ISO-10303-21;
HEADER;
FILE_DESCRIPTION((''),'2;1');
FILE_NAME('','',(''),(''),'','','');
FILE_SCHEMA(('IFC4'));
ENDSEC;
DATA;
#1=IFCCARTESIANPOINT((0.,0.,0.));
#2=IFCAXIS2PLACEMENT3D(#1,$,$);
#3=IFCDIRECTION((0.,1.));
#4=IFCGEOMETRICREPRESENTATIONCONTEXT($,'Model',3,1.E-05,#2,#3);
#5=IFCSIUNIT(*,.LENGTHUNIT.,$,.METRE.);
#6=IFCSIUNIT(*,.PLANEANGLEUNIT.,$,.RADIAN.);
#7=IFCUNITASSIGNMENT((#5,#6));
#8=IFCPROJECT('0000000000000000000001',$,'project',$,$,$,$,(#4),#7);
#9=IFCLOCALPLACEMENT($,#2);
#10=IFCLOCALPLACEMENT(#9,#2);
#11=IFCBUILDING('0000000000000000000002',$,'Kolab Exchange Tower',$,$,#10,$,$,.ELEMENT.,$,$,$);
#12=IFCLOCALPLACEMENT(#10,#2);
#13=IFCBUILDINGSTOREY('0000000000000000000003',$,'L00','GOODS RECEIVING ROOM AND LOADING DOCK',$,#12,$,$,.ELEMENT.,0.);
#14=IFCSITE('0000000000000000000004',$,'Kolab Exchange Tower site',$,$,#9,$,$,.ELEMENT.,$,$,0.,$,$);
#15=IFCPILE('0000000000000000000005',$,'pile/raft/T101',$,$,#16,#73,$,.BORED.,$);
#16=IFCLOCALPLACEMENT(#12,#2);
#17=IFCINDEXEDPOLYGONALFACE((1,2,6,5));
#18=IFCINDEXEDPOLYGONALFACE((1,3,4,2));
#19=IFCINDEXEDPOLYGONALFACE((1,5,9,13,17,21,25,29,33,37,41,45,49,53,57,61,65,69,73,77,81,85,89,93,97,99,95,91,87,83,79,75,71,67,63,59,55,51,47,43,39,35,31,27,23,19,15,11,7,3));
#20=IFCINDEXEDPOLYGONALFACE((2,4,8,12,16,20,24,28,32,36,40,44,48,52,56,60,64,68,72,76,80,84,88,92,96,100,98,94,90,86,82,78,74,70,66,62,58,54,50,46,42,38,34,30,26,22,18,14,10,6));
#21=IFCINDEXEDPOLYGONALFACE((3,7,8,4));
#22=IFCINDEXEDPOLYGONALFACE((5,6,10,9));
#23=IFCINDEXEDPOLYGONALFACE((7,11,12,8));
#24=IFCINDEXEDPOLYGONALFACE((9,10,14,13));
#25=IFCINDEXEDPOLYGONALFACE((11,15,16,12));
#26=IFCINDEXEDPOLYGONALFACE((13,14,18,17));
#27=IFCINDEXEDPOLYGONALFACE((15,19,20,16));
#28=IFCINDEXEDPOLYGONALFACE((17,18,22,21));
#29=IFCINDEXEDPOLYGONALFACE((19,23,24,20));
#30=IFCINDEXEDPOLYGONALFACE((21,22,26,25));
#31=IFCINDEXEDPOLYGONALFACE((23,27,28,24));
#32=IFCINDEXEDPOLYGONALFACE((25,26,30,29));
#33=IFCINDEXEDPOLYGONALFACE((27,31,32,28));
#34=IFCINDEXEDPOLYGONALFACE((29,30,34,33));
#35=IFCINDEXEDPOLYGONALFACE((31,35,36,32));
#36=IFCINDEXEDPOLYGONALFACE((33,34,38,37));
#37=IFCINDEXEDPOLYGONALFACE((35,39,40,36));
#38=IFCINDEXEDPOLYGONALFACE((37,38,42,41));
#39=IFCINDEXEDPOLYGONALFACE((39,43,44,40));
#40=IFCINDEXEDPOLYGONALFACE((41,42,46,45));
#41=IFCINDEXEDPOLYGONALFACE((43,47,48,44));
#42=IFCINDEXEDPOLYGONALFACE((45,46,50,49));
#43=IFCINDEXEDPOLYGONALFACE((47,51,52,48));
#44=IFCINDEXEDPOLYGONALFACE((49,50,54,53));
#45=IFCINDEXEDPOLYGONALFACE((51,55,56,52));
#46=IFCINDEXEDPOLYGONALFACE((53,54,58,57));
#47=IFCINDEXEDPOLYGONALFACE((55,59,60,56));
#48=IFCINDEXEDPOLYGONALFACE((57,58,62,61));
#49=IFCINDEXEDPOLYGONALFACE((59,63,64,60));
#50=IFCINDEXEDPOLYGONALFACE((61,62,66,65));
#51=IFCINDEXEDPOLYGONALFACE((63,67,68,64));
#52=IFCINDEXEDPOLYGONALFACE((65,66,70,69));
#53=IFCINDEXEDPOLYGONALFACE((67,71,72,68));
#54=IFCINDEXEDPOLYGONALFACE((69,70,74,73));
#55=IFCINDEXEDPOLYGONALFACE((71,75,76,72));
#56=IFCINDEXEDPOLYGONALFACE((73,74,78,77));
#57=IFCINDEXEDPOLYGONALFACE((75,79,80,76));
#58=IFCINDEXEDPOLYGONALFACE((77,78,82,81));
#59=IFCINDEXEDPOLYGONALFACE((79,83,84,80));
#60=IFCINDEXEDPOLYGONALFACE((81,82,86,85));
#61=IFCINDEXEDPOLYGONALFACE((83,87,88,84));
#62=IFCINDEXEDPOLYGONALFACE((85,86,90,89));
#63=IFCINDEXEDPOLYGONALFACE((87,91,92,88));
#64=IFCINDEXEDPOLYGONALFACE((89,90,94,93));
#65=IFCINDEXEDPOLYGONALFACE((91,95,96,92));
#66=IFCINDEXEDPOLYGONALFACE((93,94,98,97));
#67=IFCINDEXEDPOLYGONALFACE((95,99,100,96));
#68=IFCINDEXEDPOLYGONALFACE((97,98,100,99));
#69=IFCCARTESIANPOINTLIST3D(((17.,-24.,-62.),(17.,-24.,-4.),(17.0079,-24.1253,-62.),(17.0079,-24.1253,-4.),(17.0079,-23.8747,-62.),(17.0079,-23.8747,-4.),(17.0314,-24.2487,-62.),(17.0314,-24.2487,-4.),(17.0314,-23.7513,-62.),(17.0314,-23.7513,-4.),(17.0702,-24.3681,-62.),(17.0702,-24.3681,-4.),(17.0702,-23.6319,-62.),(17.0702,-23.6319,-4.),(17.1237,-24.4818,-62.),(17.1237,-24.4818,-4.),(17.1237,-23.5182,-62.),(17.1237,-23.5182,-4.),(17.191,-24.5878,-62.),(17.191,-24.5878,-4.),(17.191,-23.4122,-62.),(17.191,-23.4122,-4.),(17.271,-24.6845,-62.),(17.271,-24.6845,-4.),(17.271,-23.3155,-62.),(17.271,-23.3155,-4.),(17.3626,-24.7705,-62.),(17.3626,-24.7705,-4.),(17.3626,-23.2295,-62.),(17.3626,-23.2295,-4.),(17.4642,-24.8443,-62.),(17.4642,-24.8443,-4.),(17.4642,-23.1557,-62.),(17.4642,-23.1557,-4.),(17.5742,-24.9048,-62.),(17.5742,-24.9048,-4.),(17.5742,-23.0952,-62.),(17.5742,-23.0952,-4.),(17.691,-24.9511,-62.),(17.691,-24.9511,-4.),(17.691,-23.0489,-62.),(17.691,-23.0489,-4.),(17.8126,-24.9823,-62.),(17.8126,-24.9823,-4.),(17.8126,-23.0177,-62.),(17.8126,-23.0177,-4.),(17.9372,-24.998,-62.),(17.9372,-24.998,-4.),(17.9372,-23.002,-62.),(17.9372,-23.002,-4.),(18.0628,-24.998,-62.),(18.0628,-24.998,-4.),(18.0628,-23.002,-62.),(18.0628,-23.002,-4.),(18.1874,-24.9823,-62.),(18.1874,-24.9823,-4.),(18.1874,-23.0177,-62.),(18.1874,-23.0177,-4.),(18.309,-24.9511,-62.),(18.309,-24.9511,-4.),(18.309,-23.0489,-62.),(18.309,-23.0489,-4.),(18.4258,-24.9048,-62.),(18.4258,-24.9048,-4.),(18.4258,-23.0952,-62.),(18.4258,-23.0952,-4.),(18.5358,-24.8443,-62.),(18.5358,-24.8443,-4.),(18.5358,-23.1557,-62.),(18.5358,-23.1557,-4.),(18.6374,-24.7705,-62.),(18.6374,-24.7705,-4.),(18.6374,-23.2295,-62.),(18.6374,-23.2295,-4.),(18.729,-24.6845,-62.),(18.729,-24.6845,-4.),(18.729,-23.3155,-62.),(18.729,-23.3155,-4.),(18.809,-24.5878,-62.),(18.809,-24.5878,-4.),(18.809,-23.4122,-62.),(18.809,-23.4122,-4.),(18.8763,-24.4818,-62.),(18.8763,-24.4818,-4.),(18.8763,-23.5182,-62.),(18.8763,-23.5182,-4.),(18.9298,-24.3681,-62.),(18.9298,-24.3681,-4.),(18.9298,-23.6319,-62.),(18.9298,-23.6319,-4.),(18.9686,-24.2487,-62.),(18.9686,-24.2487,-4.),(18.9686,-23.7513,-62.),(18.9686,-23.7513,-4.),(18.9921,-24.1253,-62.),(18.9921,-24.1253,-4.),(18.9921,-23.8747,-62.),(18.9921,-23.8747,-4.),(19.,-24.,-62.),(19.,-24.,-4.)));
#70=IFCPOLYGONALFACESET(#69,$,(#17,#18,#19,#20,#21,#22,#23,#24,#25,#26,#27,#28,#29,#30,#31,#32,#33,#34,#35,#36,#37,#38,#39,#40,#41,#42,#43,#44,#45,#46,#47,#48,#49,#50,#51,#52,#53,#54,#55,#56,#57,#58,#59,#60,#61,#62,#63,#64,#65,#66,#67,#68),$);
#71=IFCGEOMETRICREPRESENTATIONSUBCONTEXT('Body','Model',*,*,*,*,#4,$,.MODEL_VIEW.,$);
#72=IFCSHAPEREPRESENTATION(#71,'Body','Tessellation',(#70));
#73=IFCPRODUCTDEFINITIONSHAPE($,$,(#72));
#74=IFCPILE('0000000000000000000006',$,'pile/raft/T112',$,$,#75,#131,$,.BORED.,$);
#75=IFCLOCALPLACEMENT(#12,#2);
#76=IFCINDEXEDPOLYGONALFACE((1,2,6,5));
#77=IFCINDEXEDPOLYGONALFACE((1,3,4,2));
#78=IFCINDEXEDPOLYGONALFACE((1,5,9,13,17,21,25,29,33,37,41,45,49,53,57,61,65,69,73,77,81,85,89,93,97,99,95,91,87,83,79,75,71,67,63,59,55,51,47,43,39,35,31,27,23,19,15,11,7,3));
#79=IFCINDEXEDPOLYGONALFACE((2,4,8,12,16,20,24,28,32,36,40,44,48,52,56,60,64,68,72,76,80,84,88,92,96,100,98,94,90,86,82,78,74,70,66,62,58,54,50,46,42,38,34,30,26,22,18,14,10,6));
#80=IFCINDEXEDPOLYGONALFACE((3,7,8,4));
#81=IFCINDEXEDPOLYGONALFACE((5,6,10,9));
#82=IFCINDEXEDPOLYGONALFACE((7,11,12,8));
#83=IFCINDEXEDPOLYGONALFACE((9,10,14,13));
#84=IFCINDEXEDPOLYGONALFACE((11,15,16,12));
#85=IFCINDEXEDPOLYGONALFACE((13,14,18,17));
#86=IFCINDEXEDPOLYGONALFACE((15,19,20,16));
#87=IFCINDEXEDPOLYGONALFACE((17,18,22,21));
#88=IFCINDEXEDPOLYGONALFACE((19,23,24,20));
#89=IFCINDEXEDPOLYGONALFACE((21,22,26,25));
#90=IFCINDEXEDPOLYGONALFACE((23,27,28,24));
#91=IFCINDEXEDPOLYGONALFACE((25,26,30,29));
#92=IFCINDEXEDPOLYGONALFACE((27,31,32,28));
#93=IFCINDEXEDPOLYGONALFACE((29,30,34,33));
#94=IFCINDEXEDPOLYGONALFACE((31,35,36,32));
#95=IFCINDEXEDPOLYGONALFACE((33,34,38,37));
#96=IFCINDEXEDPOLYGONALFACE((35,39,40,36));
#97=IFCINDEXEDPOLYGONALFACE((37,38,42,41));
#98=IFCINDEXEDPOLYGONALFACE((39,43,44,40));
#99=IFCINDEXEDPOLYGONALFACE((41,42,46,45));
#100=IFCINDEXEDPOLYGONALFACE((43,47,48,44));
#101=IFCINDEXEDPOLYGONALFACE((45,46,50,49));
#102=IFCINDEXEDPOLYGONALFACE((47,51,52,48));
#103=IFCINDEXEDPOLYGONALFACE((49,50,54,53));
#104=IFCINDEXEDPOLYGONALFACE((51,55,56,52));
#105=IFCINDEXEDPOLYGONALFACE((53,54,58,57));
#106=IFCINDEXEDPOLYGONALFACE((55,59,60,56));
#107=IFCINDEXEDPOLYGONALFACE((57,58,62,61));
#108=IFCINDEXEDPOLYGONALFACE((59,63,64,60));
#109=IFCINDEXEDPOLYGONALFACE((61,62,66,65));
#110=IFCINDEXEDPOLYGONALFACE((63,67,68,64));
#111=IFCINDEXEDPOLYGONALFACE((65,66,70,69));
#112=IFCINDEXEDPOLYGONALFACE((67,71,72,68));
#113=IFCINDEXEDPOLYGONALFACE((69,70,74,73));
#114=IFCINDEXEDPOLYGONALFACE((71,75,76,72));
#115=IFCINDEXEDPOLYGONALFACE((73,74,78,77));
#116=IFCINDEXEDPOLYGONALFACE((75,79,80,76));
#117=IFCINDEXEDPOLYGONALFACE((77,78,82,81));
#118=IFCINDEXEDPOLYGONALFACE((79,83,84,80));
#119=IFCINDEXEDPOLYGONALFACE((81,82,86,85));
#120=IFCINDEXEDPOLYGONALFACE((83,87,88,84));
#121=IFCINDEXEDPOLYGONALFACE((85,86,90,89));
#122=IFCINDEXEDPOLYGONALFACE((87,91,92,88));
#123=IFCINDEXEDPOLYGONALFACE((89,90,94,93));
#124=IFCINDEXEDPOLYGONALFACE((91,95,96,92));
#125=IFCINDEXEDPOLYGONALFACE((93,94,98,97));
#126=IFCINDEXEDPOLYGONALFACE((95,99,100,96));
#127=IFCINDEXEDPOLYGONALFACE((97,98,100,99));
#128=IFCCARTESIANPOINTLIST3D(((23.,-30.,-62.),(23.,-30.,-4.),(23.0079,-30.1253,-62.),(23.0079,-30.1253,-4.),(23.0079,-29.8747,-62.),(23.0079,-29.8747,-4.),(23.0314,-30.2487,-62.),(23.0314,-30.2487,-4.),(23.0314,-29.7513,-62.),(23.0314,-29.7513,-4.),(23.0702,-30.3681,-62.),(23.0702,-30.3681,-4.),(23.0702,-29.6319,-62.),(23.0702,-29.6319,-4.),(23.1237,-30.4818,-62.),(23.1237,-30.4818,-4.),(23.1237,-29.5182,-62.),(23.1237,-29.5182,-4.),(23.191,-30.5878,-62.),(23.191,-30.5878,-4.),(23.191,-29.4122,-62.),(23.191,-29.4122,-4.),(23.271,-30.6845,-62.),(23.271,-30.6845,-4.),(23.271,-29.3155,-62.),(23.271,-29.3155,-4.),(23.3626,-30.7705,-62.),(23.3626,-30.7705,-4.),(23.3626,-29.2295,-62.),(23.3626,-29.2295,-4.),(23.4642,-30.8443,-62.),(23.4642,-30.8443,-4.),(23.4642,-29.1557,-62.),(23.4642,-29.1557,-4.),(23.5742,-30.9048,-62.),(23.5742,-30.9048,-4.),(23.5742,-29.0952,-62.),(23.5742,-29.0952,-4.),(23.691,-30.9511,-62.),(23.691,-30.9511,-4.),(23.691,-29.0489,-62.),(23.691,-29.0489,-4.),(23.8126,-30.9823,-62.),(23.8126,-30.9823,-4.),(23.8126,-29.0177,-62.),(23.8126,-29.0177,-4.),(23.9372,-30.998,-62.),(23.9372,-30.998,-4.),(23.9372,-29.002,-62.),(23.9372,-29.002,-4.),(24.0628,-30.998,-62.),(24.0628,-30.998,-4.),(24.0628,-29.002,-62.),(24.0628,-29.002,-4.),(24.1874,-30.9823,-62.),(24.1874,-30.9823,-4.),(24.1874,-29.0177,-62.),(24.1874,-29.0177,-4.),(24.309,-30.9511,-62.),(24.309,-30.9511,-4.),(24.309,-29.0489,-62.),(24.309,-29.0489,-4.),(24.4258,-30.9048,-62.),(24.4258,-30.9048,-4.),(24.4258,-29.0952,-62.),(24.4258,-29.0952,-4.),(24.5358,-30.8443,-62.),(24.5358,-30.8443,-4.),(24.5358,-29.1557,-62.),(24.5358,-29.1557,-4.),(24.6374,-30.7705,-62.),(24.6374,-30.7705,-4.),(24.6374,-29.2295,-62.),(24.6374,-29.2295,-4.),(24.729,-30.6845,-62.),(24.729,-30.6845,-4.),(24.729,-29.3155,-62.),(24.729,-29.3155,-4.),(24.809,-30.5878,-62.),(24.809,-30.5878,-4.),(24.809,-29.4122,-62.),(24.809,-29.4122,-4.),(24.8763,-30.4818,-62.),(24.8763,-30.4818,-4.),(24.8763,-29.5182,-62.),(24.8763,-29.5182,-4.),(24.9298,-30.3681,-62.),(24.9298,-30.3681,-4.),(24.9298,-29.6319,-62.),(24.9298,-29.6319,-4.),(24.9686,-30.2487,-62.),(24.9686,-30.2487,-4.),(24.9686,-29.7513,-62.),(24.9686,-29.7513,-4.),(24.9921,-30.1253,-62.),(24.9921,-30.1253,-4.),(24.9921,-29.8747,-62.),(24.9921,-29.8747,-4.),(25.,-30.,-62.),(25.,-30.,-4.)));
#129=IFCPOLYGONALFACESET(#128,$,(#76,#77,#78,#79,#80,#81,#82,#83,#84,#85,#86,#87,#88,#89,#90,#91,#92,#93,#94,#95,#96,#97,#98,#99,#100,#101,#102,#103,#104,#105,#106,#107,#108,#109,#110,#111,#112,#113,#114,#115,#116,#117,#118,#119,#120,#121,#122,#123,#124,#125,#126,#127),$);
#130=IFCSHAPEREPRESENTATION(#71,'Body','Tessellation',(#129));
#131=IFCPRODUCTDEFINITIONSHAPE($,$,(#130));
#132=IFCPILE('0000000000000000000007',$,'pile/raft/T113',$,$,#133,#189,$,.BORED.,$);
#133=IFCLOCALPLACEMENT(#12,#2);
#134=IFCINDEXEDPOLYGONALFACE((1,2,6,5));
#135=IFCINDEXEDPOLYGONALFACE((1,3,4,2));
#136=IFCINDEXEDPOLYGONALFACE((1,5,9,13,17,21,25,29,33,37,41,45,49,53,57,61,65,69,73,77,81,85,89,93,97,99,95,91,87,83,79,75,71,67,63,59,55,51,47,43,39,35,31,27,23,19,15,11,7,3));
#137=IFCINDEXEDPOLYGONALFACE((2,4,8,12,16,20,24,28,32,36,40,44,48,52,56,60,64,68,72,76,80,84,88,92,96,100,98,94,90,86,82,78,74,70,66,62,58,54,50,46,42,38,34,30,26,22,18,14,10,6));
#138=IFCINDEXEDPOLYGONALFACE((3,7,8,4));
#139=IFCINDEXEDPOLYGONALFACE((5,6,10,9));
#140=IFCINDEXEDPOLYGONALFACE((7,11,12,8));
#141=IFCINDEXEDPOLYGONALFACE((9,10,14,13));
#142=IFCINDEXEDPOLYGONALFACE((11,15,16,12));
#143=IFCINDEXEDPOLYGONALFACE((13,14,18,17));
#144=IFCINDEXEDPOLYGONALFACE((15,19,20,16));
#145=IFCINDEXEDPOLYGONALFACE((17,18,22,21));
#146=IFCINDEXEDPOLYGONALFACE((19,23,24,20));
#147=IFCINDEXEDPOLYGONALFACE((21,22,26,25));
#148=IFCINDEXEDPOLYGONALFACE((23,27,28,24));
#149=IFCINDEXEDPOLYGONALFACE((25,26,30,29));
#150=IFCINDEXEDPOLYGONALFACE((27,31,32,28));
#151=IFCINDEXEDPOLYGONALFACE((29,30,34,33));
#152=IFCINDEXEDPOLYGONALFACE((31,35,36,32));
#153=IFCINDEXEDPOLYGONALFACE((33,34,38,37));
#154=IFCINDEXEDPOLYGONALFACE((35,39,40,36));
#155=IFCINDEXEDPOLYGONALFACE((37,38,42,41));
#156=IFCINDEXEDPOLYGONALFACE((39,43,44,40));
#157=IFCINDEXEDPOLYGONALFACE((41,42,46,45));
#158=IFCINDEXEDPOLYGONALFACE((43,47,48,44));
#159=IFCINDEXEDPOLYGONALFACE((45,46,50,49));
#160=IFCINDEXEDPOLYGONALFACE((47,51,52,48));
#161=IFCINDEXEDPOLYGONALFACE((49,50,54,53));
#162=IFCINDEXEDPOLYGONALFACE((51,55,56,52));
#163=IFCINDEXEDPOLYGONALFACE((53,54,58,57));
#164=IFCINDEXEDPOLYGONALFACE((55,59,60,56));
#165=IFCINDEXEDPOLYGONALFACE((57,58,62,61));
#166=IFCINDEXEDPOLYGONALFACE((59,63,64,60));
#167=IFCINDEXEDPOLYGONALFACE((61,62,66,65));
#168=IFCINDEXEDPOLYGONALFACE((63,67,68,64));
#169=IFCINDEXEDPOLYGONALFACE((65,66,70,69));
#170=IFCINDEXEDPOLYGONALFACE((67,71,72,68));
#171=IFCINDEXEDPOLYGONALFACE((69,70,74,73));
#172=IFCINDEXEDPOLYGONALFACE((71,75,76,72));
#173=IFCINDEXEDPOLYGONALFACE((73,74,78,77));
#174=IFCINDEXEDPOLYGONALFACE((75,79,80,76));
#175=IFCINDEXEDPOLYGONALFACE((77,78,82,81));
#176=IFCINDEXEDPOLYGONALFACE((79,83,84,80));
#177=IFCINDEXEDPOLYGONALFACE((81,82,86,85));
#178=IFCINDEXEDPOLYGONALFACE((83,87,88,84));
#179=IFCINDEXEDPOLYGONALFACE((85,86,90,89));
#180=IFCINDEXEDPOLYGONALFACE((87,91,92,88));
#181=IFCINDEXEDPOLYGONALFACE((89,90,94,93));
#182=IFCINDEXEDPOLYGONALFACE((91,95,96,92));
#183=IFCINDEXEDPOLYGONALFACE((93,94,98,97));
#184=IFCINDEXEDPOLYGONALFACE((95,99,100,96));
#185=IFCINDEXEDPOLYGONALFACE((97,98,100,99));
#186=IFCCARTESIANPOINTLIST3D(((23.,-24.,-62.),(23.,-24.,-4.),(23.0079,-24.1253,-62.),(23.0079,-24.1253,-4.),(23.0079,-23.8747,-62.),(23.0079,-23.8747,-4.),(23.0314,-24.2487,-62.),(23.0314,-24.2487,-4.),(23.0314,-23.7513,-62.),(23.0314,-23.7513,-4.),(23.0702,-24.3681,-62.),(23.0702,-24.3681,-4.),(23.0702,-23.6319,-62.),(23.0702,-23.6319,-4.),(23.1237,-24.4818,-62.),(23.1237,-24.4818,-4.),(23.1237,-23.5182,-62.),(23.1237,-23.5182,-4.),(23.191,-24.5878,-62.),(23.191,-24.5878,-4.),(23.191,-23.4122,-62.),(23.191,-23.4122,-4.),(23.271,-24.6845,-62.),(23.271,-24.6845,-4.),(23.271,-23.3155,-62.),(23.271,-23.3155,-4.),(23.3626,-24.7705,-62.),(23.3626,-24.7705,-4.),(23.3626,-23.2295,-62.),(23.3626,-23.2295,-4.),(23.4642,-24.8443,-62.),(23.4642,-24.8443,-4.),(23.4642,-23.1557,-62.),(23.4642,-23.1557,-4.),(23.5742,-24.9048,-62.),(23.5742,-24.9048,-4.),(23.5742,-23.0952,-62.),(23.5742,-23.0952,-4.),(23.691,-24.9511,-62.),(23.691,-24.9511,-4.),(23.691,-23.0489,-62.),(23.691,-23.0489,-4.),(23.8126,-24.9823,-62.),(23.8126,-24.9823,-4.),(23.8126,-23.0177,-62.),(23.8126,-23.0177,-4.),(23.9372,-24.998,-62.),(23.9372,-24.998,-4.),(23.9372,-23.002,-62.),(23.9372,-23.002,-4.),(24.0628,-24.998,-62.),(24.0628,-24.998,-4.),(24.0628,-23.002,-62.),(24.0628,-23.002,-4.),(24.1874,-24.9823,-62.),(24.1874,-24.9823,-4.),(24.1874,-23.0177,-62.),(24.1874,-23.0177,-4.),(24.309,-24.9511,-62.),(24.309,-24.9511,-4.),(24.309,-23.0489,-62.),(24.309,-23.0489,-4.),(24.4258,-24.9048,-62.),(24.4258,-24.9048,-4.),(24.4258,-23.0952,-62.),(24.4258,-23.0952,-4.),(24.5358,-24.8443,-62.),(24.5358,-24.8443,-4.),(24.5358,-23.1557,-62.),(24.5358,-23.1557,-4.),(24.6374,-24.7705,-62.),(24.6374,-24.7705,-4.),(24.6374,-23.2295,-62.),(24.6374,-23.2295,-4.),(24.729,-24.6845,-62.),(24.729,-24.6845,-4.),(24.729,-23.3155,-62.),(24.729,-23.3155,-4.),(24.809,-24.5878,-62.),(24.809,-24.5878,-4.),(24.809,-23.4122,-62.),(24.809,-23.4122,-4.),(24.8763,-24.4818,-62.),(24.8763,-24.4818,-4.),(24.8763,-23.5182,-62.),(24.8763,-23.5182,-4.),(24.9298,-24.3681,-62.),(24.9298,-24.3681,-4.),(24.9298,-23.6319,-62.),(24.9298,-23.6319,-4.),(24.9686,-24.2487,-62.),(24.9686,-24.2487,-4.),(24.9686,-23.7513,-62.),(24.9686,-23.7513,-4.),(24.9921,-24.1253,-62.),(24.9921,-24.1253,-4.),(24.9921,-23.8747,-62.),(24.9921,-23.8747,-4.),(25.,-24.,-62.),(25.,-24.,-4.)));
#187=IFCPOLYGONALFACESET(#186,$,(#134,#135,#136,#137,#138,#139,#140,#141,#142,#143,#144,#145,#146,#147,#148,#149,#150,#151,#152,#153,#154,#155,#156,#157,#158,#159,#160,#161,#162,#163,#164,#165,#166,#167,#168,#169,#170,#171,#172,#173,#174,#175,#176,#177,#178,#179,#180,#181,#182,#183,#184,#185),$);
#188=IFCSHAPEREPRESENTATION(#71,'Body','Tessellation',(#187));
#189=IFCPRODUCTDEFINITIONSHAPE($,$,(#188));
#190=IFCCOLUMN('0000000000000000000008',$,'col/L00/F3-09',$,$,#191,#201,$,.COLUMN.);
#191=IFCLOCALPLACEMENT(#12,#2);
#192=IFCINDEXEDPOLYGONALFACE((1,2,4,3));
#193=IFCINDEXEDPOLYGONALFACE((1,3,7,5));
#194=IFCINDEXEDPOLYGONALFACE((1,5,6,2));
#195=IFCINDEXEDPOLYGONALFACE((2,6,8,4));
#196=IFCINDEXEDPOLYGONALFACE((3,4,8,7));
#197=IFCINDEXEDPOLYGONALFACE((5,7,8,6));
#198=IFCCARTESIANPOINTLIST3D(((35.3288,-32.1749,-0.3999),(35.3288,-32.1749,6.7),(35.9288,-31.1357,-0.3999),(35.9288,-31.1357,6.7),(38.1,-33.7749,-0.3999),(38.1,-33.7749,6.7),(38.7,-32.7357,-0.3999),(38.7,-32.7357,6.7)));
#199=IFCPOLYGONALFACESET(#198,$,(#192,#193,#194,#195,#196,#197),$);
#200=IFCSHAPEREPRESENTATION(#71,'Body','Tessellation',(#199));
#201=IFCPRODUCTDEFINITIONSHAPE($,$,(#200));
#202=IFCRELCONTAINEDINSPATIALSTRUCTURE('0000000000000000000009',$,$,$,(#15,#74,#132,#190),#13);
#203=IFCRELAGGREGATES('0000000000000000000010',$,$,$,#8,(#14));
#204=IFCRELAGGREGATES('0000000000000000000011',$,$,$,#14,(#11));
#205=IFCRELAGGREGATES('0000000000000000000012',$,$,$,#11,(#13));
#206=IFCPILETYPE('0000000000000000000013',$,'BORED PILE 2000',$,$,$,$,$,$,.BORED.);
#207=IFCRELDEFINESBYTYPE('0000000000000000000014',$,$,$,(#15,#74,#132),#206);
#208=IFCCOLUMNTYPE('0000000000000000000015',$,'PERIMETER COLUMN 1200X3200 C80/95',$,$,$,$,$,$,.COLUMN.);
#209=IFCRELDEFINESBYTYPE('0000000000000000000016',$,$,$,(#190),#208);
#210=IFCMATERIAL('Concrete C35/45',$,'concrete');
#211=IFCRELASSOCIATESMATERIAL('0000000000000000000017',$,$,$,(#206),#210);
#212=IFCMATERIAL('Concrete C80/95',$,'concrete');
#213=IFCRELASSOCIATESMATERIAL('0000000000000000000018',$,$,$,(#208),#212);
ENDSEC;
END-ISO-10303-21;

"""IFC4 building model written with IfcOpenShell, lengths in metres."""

from ifc_helpers import new_model, si_unit, direction, frame, origin, origin_2d, place, context, subcontext, project, spatial, rectangle, circle, extrude, material, material_profile, profile_set, type_object, element, save


model = new_model("IFC4")

# Units and contexts
model_context = context("Model", 3, precision=1e-05, world=origin(), true_north=direction((0.0, 1.0)))
body_context = subcontext(model_context, "Body", "Model", "MODEL_VIEW")
ifc_project = project(units=[si_unit("LENGTHUNIT", "METRE"), si_unit("PLANEANGLEUNIT", "RADIAN")], contexts=[model_context])

# Site, building, storey
site_placement = place(None, origin())
site = spatial("IfcSite", under=ifc_project, at=site_placement, Name="Kolab Exchange Tower site", CompositionType="ELEMENT", RefElevation=0.0)
building_placement = place(site_placement, origin())
building = spatial("IfcBuilding", under=site, at=building_placement, Name="Kolab Exchange Tower", CompositionType="ELEMENT")
storey_placement = place(building_placement, origin())
storey = spatial("IfcBuildingStorey", under=building, at=storey_placement, Name="L00", Description="GOODS RECEIVING ROOM AND LOADING DOCK", CompositionType="ELEMENT", Elevation=0.0)

# Piles
ifc_material_1 = material(Name="Concrete C35/45", Category="concrete")
ifc_material_profile_1 = material_profile(ifc_material_1, circle(Radius=1.0, at=origin_2d()), Name="BP2000")
ifc_profile_set_1 = profile_set([ifc_material_profile_1], Name="Concrete C35/45")
pile_type_1 = type_object("IfcPileType", Name="BORED PILE 2000", PredefinedType="BORED", material=ifc_profile_set_1)
for number, where, z_axis, x_axis, name in (
    (1, (18.0, -24.0, -4.0), (0.0, 0.0, -1.0), (1.0, 0.0, 0.0), "pile/raft/T101"),
    (2, (24.0, -30.0, -4.0), (0.0, 0.0, -1.0), (1.0, 0.0, 0.0), "pile/raft/T112"),
    (3, (24.0, -24.0, -4.0), (0.0, 0.0, -1.0), (1.0, 0.0, 0.0), "pile/raft/T113"),
):
    element("IfcPile", number, at=place(storey_placement, frame(where, z_axis=z_axis, x_axis=x_axis)), inside=storey, type_object=pile_type_1, Name=name, PredefinedType="BORED", context=body_context, shape_type="SweptSolid", body=[
        extrude(circle(Radius=1.0, at=origin_2d()), origin(), (0.0, 0.0, 1.0), 58.0),
    ])

# Column
ifc_material_2 = material(Name="Concrete C80/95", Category="concrete")
ifc_material_profile_2 = material_profile(ifc_material_2, rectangle(XDim=1.2, YDim=3.2, at=origin_2d()), Name="RC1200X3200")
ifc_profile_set_2 = profile_set([ifc_material_profile_2], Name="Concrete C80/95")
column_type_1 = type_object("IfcColumnType", Name="PERIMETER COLUMN 1200X3200 C80/95", PredefinedType="COLUMN", material=ifc_profile_set_2)
for number, where, z_axis, x_axis, name in (
    (4, (37.0144, -32.4553, -0.3999), (0.0, 0.0, 1.0), (0.5, 0.866025, 0.0), "col/L00/F3-09"),
):
    element("IfcColumn", number, at=place(storey_placement, frame(where, z_axis=z_axis, x_axis=x_axis)), inside=storey, type_object=column_type_1, Name=name, PredefinedType="COLUMN", context=body_context, shape_type="SweptSolid", body=[
        extrude(rectangle(XDim=1.2, YDim=3.2, at=origin_2d()), origin(), (0.0, 0.0, 1.0), 7.0999),
    ])

save(model, "model.ifc")
